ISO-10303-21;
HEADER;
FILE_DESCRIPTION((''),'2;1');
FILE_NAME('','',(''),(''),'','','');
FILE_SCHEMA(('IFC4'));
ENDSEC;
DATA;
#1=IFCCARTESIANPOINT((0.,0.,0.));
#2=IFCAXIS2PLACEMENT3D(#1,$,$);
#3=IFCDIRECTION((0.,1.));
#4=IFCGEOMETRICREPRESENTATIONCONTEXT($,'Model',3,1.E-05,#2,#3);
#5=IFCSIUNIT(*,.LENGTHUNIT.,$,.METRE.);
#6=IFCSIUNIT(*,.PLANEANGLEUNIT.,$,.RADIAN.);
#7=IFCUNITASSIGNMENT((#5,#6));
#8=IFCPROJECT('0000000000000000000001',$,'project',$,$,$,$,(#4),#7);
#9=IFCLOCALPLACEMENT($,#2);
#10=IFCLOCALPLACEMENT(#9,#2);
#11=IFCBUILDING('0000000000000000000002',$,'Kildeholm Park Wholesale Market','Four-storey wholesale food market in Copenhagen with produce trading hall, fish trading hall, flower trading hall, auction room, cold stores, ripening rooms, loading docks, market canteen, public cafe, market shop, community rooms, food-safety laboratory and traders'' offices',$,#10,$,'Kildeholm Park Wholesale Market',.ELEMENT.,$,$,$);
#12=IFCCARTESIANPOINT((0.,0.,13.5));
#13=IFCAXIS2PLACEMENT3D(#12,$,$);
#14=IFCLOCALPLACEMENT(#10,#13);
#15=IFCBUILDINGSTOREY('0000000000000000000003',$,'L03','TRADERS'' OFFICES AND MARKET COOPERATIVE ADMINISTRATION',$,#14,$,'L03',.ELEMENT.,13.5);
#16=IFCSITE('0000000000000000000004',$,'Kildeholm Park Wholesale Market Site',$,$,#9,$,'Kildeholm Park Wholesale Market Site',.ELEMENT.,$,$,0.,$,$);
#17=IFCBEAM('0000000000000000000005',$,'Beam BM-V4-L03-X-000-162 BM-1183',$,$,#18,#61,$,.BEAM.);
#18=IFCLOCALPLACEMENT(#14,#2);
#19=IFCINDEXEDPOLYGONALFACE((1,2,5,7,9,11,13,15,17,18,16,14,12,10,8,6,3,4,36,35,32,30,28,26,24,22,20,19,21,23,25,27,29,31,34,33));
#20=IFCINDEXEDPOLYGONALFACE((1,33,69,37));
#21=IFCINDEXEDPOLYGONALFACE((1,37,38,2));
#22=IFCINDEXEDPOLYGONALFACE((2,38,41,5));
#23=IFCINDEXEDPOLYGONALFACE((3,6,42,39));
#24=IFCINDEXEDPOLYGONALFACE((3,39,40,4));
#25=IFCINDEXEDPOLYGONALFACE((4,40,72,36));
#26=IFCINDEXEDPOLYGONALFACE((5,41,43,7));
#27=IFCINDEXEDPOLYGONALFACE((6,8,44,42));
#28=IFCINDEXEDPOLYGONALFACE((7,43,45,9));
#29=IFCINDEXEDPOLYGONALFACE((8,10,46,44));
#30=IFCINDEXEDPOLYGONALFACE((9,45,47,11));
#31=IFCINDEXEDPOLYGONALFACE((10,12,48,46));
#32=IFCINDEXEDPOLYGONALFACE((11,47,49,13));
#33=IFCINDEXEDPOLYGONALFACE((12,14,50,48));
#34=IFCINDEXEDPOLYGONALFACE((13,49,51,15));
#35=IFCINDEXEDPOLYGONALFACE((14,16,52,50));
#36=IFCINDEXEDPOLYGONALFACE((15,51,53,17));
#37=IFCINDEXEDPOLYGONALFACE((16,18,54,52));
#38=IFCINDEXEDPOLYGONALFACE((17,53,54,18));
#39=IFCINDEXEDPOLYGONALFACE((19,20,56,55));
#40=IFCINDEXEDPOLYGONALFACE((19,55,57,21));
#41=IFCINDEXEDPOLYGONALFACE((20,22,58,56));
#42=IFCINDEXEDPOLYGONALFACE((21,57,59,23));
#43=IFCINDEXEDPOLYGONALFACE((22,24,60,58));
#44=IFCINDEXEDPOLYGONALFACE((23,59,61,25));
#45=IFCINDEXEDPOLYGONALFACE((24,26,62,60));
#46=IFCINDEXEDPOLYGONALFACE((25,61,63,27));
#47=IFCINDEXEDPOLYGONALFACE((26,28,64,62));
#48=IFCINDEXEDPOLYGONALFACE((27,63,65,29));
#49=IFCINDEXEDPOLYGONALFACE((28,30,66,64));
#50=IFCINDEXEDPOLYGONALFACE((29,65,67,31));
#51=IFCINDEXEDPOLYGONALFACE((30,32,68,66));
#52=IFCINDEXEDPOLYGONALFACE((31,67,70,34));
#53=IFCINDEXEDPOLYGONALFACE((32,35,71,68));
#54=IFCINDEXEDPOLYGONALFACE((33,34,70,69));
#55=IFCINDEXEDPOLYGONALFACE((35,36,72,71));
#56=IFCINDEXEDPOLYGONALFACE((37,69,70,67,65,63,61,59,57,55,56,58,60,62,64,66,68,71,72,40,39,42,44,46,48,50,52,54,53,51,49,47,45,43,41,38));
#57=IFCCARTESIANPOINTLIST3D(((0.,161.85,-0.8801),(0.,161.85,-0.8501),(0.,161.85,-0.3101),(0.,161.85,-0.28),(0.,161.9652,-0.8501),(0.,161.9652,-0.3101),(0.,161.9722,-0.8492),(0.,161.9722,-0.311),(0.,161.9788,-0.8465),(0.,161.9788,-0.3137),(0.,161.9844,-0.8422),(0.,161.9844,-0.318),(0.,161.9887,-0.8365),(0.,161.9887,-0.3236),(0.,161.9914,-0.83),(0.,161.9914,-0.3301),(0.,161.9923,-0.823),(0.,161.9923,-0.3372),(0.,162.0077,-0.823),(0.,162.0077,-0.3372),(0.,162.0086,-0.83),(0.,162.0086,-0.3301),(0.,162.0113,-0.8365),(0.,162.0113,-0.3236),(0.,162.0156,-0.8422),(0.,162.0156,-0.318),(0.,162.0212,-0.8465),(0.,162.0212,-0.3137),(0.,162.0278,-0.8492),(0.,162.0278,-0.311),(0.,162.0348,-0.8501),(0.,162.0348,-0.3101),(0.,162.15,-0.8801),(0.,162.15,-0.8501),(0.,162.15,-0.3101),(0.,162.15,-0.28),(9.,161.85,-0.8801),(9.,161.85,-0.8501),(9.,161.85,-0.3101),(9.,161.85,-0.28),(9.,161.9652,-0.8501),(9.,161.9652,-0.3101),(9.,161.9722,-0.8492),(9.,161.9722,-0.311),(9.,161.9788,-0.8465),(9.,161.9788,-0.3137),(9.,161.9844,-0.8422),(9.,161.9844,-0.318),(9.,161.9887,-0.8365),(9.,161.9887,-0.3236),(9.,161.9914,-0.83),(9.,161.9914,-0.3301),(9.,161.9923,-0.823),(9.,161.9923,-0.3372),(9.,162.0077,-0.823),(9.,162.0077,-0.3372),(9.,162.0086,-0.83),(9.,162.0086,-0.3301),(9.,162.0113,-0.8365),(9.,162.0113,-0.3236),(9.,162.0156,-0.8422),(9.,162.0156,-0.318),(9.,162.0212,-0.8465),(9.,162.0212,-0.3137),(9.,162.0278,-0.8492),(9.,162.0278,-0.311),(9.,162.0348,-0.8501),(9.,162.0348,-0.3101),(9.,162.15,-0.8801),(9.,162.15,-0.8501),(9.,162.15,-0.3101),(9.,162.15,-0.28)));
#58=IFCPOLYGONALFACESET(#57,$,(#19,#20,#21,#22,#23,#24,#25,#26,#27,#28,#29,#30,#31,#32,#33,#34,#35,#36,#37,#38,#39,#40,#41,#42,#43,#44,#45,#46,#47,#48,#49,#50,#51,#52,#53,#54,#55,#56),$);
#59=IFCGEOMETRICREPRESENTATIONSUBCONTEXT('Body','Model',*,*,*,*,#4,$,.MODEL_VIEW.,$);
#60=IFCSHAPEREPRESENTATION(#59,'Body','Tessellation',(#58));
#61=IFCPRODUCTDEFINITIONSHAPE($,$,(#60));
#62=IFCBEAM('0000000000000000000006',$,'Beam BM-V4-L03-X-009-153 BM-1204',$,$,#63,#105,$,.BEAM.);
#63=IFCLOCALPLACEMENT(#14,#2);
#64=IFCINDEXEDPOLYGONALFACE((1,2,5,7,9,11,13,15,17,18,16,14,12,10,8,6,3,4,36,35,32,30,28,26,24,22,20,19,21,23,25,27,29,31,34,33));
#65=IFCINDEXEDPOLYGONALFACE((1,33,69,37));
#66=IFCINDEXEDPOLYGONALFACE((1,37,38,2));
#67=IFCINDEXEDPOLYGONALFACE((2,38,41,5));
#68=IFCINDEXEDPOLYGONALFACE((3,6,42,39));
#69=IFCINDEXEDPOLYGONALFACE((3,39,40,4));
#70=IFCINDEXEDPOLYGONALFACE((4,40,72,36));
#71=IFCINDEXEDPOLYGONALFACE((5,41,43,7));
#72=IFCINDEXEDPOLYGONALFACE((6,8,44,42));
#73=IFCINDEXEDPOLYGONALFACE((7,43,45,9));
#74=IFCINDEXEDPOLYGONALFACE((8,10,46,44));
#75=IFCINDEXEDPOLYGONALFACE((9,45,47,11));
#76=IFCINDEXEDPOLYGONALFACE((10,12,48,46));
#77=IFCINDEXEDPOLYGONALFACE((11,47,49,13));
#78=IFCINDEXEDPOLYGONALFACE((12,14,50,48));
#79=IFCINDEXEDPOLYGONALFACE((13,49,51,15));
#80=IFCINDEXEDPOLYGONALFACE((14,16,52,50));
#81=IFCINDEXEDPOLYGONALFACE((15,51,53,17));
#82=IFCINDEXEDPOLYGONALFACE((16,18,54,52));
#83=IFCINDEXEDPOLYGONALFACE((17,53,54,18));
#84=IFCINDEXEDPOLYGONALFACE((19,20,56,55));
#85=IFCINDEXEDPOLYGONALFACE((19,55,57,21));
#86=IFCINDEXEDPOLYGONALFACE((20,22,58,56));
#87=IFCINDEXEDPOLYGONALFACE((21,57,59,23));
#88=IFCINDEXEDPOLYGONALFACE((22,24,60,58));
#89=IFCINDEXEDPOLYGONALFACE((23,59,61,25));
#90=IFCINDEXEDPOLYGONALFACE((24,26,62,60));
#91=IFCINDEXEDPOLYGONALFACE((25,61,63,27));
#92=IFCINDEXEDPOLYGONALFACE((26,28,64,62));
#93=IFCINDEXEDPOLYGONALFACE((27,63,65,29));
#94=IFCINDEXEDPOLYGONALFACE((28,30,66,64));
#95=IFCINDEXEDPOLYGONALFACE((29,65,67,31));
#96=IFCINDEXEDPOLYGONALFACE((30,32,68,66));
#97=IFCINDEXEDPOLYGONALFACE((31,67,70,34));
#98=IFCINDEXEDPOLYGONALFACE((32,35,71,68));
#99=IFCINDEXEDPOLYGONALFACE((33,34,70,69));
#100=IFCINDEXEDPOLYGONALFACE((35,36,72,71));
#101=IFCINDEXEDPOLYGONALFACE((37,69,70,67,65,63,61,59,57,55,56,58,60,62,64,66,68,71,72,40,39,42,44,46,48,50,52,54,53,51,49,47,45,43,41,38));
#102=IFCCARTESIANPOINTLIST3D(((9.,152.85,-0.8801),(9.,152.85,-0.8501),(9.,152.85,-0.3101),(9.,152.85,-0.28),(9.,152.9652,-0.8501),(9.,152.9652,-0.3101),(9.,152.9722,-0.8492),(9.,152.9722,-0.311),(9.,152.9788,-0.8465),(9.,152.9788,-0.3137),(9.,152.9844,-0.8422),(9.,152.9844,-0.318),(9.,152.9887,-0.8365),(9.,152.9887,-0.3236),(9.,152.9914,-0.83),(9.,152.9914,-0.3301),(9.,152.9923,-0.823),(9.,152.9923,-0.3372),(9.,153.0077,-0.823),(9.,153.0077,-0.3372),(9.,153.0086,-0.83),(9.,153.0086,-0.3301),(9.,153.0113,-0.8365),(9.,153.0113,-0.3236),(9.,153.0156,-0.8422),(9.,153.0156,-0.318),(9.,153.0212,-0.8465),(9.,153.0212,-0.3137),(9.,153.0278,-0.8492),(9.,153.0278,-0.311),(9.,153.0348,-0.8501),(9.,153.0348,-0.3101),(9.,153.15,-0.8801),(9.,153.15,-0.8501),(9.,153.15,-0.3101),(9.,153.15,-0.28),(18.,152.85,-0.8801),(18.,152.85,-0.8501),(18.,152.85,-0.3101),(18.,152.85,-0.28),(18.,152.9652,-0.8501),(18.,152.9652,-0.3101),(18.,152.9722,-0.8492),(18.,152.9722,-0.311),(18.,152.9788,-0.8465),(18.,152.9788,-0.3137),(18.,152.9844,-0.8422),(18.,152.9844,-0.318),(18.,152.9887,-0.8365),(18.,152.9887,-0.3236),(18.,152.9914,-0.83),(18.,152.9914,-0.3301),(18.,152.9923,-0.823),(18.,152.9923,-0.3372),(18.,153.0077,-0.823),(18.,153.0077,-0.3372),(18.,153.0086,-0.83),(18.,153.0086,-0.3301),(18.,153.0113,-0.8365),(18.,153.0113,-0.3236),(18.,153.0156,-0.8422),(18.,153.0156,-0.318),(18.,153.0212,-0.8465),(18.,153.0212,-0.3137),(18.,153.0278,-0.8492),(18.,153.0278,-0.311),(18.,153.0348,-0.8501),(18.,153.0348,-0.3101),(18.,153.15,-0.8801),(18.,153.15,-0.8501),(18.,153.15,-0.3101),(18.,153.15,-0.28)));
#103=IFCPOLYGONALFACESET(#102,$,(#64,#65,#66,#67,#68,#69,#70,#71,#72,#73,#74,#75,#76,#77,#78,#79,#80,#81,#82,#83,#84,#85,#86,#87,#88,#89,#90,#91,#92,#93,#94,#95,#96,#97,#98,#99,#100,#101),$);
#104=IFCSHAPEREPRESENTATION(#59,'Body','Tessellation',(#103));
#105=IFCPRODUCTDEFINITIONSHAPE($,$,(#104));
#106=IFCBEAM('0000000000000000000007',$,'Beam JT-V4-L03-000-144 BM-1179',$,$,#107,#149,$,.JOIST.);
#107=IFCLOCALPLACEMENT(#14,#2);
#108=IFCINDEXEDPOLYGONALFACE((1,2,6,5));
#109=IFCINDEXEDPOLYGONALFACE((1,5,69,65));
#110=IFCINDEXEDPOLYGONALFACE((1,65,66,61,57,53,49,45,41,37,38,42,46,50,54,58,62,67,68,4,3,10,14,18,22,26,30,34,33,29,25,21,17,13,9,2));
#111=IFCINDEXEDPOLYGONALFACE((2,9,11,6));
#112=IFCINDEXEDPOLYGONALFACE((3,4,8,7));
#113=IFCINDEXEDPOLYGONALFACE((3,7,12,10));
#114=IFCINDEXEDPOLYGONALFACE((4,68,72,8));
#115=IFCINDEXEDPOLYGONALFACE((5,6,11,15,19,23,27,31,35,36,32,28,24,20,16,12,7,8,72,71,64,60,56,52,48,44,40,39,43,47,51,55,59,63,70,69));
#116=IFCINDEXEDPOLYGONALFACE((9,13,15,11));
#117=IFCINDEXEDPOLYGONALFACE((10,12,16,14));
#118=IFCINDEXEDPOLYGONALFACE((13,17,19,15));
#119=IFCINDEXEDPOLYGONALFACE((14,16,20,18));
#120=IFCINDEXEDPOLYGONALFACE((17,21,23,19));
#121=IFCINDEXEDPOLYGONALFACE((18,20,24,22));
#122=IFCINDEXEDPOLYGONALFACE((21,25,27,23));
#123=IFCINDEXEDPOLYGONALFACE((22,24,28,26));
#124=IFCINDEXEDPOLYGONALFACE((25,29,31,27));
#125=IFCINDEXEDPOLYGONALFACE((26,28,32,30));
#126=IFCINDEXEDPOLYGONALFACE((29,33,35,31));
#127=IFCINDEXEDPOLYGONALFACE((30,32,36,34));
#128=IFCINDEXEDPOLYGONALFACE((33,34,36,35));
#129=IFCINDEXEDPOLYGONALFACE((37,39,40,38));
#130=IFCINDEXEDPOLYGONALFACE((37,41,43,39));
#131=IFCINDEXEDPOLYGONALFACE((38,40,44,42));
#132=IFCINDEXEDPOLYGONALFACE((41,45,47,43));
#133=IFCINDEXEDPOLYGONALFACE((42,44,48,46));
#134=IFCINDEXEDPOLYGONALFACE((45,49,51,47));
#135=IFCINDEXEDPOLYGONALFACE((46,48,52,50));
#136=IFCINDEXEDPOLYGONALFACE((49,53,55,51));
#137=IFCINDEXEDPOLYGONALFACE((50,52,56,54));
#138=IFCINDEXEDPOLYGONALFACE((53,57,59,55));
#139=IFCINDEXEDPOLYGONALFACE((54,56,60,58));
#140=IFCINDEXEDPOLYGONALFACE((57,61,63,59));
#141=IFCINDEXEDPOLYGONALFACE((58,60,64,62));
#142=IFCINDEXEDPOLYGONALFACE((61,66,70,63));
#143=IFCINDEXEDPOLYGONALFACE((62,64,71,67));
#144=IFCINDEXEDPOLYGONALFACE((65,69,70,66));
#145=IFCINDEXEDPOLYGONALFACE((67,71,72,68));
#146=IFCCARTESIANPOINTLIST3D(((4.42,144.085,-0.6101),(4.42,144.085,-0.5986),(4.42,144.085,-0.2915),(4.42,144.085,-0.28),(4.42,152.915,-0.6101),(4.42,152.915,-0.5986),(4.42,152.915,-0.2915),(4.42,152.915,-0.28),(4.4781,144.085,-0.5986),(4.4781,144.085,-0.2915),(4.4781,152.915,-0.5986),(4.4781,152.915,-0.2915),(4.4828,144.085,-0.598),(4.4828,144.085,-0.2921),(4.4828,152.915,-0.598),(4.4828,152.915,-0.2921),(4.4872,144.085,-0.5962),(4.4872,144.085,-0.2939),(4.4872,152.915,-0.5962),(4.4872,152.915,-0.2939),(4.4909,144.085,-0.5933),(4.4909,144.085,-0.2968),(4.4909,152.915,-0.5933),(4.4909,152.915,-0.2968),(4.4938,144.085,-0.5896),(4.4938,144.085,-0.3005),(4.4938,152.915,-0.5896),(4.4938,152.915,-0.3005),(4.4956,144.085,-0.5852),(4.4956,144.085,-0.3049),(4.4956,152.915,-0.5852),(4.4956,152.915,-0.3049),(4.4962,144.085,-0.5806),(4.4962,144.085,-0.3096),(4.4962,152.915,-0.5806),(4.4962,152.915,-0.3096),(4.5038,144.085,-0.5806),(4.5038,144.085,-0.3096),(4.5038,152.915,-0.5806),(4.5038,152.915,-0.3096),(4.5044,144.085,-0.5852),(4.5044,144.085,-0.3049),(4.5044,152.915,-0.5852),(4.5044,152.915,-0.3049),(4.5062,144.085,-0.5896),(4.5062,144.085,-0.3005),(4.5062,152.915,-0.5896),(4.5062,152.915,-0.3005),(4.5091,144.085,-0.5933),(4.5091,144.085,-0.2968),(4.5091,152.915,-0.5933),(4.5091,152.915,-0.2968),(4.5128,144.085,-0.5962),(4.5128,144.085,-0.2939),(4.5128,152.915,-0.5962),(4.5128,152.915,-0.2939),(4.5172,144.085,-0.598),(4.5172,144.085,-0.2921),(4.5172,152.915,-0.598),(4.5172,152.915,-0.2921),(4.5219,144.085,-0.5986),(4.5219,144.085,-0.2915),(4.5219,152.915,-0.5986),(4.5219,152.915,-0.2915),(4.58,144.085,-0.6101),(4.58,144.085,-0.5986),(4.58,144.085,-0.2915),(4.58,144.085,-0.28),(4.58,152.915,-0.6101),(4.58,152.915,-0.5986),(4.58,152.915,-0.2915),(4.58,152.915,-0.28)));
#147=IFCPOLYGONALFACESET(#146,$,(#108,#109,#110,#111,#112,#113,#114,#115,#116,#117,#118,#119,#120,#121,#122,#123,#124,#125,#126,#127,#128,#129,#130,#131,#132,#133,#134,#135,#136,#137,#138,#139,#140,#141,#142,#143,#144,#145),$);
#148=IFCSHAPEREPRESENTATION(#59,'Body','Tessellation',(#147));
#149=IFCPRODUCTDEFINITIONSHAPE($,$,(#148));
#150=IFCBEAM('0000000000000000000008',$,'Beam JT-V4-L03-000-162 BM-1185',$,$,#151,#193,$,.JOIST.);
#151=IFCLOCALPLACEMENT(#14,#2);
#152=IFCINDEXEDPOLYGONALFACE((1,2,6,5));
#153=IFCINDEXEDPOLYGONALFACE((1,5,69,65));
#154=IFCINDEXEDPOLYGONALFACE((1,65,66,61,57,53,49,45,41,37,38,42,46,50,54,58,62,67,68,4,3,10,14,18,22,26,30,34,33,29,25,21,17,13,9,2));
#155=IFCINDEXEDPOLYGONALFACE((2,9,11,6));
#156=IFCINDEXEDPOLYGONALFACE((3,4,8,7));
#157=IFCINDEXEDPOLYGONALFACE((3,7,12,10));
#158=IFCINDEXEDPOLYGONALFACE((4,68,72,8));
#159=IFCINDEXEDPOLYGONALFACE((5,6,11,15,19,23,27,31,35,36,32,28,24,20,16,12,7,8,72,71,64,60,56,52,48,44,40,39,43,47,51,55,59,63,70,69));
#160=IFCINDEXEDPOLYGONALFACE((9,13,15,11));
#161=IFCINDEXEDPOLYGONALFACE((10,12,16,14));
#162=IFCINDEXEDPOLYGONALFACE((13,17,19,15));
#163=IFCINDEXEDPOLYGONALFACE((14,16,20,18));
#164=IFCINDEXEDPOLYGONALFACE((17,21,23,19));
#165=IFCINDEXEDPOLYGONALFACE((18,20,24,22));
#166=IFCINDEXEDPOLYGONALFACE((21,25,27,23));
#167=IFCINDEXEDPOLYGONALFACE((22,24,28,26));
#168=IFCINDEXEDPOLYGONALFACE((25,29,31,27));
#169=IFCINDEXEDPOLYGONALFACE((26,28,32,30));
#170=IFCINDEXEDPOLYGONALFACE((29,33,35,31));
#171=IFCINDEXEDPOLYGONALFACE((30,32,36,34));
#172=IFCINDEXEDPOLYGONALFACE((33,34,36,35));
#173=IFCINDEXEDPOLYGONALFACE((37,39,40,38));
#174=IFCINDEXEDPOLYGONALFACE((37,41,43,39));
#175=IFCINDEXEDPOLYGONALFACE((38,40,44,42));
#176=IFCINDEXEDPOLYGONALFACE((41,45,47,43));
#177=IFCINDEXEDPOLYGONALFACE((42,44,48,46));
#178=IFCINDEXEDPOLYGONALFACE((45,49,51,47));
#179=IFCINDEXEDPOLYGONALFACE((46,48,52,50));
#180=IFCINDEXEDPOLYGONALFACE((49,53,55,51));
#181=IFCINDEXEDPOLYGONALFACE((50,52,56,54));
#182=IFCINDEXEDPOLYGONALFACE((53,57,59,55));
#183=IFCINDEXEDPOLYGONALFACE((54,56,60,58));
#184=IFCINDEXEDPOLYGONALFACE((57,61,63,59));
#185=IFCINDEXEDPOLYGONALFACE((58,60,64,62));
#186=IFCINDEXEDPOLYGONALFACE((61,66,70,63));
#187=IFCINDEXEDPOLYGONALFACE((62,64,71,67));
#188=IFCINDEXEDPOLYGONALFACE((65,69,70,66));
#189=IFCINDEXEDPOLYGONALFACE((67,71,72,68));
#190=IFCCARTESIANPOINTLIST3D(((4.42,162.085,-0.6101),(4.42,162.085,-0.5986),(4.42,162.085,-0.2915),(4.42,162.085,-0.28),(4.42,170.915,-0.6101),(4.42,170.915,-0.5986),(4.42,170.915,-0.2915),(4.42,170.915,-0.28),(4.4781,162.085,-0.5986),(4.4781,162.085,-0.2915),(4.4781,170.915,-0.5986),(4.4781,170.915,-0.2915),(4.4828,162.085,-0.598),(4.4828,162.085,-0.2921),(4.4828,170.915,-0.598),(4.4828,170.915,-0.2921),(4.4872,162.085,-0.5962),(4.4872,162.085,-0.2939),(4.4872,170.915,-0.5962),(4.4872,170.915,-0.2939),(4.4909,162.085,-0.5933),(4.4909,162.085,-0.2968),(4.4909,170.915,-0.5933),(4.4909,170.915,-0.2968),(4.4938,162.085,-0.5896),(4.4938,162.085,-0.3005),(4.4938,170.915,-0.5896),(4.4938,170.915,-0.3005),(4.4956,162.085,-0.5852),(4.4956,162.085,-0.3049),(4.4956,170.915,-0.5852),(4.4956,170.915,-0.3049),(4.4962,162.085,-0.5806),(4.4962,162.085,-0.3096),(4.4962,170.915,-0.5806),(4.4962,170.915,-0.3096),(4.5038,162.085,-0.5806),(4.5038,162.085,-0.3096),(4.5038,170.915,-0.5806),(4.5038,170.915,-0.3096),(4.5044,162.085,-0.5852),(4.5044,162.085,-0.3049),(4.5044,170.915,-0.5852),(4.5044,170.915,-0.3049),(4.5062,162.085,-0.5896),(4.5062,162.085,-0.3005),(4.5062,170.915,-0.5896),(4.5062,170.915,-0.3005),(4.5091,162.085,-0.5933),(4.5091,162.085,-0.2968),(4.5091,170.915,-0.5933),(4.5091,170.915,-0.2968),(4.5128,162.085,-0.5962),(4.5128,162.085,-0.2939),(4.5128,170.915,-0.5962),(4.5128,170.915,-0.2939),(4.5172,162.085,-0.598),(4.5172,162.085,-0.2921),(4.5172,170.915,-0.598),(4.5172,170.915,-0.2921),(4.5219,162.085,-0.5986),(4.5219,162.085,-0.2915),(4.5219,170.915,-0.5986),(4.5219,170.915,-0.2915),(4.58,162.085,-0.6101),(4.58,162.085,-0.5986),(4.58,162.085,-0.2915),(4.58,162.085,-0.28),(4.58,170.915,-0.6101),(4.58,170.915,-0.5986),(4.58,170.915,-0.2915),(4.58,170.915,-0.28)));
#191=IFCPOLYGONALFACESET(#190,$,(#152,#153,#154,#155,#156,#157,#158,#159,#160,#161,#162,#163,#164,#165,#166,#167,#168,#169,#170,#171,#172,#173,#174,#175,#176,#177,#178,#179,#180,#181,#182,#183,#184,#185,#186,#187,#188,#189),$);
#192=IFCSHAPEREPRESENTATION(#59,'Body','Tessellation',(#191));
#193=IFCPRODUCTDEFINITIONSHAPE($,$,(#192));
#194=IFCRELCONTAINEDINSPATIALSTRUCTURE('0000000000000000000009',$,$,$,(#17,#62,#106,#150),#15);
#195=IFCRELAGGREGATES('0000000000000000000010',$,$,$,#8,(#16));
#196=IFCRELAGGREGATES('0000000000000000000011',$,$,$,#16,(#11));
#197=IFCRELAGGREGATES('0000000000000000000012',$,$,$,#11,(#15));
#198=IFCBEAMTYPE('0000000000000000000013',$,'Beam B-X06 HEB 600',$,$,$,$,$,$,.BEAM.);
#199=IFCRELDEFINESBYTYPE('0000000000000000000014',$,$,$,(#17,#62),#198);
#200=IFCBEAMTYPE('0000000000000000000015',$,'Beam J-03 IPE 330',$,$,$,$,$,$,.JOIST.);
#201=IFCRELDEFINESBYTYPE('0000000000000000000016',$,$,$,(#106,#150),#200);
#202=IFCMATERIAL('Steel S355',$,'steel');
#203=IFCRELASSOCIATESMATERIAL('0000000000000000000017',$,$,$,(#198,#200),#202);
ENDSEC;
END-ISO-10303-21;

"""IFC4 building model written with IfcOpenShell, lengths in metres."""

from ifc_helpers import new_model, si_unit, direction, frame, origin, origin_2d, place, context, subcontext, project, spatial, i_section, extrude, material, material_profile, profile_set, type_object, element, save


model = new_model("IFC4")

# Units and contexts
model_context = context("Model", 3, precision=1e-05, world=origin(), true_north=direction((0.0, 1.0)))
body_context = subcontext(model_context, "Body", "Model", "MODEL_VIEW")
ifc_project = project(units=[si_unit("LENGTHUNIT", "METRE"), si_unit("PLANEANGLEUNIT", "RADIAN")], contexts=[model_context])

# Site, building, storey
site_placement = place(None, origin())
site = spatial("IfcSite", under=ifc_project, at=site_placement, Name="Kildeholm Park Wholesale Market Site", LongName="Kildeholm Park Wholesale Market Site", CompositionType="ELEMENT", RefElevation=0.0)
building_placement = place(site_placement, origin())
building = spatial("IfcBuilding", under=site, at=building_placement, Name="Kildeholm Park Wholesale Market", Description="Four-storey wholesale food market in Copenhagen with produce trading hall, fish trading hall, flower trading hall, auction room, cold stores, ripening rooms, loading docks, market canteen, public cafe, market shop, community rooms, food-safety laboratory and traders' offices", LongName="Kildeholm Park Wholesale Market", CompositionType="ELEMENT")
storey_placement = place(building_placement, frame((0.0, 0.0, 13.5)))
storey = spatial("IfcBuildingStorey", under=building, at=storey_placement, Name="L03", Description="TRADERS' OFFICES AND MARKET COOPERATIVE ADMINISTRATION", LongName="L03", CompositionType="ELEMENT", Elevation=13.5)

# Beams
ifc_material_1 = material(Name="Steel S355", Category="steel")
ifc_material_profile_1 = material_profile(ifc_material_1, i_section(OverallWidth=0.3, OverallDepth=0.6001, WebThickness=0.0154, FlangeThickness=0.03, FilletRadius=0.0271, at=origin_2d()), Name="HEB 600")
ifc_profile_set_1 = profile_set([ifc_material_profile_1], Name="Steel S355")
beam_type_1 = type_object("IfcBeamType", Name="Beam B-X06 HEB 600", PredefinedType="BEAM", material=ifc_profile_set_1)
for number, where, z_axis, x_axis, name in (
    (1, (0.0, 162.0, -0.5801), (1.0, 0.0, 0.0), (0.0, 1.0, 0.0), "Beam BM-V4-L03-X-000-162 BM-1183"),
    (2, (9.0, 153.0, -0.5801), (1.0, 0.0, 0.0), (0.0, 1.0, 0.0), "Beam BM-V4-L03-X-009-153 BM-1204"),
):
    element("IfcBeam", number, at=place(storey_placement, frame(where, z_axis=z_axis, x_axis=x_axis)), inside=storey, type_object=beam_type_1, Name=name, PredefinedType="BEAM", context=body_context, shape_type="SweptSolid", body=[
        extrude(i_section(OverallWidth=0.3, OverallDepth=0.6001, WebThickness=0.0154, FlangeThickness=0.03, FilletRadius=0.0271, at=origin_2d()), origin(), (0.0, 0.0, 1.0), 9.0),
    ])
ifc_material_profile_2 = material_profile(ifc_material_1, i_section(OverallWidth=0.1599, OverallDepth=0.3301, WebThickness=0.0076, FlangeThickness=0.0115, FilletRadius=0.0181, at=origin_2d()), Name="IPE 330")
ifc_profile_set_2 = profile_set([ifc_material_profile_2], Name="Steel S355")
beam_type_2 = type_object("IfcBeamType", Name="Beam J-03 IPE 330", PredefinedType="JOIST", material=ifc_profile_set_2)
for number, where, z_axis, x_axis, name in (
    (3, (4.5, 144.085, -0.4451), (0.0, 1.0, 0.0), (-1.0, 0.0, 0.0), "Beam JT-V4-L03-000-144 BM-1179"),
    (4, (4.5, 162.085, -0.4451), (0.0, 1.0, 0.0), (-1.0, 0.0, 0.0), "Beam JT-V4-L03-000-162 BM-1185"),
):
    element("IfcBeam", number, at=place(storey_placement, frame(where, z_axis=z_axis, x_axis=x_axis)), inside=storey, type_object=beam_type_2, Name=name, PredefinedType="JOIST", context=body_context, shape_type="SweptSolid", body=[
        extrude(i_section(OverallWidth=0.1599, OverallDepth=0.3301, WebThickness=0.0076, FlangeThickness=0.0115, FilletRadius=0.0181, at=origin_2d()), origin(), (0.0, 0.0, 1.0), 8.8301),
    ])

save(model, "model.ifc")
